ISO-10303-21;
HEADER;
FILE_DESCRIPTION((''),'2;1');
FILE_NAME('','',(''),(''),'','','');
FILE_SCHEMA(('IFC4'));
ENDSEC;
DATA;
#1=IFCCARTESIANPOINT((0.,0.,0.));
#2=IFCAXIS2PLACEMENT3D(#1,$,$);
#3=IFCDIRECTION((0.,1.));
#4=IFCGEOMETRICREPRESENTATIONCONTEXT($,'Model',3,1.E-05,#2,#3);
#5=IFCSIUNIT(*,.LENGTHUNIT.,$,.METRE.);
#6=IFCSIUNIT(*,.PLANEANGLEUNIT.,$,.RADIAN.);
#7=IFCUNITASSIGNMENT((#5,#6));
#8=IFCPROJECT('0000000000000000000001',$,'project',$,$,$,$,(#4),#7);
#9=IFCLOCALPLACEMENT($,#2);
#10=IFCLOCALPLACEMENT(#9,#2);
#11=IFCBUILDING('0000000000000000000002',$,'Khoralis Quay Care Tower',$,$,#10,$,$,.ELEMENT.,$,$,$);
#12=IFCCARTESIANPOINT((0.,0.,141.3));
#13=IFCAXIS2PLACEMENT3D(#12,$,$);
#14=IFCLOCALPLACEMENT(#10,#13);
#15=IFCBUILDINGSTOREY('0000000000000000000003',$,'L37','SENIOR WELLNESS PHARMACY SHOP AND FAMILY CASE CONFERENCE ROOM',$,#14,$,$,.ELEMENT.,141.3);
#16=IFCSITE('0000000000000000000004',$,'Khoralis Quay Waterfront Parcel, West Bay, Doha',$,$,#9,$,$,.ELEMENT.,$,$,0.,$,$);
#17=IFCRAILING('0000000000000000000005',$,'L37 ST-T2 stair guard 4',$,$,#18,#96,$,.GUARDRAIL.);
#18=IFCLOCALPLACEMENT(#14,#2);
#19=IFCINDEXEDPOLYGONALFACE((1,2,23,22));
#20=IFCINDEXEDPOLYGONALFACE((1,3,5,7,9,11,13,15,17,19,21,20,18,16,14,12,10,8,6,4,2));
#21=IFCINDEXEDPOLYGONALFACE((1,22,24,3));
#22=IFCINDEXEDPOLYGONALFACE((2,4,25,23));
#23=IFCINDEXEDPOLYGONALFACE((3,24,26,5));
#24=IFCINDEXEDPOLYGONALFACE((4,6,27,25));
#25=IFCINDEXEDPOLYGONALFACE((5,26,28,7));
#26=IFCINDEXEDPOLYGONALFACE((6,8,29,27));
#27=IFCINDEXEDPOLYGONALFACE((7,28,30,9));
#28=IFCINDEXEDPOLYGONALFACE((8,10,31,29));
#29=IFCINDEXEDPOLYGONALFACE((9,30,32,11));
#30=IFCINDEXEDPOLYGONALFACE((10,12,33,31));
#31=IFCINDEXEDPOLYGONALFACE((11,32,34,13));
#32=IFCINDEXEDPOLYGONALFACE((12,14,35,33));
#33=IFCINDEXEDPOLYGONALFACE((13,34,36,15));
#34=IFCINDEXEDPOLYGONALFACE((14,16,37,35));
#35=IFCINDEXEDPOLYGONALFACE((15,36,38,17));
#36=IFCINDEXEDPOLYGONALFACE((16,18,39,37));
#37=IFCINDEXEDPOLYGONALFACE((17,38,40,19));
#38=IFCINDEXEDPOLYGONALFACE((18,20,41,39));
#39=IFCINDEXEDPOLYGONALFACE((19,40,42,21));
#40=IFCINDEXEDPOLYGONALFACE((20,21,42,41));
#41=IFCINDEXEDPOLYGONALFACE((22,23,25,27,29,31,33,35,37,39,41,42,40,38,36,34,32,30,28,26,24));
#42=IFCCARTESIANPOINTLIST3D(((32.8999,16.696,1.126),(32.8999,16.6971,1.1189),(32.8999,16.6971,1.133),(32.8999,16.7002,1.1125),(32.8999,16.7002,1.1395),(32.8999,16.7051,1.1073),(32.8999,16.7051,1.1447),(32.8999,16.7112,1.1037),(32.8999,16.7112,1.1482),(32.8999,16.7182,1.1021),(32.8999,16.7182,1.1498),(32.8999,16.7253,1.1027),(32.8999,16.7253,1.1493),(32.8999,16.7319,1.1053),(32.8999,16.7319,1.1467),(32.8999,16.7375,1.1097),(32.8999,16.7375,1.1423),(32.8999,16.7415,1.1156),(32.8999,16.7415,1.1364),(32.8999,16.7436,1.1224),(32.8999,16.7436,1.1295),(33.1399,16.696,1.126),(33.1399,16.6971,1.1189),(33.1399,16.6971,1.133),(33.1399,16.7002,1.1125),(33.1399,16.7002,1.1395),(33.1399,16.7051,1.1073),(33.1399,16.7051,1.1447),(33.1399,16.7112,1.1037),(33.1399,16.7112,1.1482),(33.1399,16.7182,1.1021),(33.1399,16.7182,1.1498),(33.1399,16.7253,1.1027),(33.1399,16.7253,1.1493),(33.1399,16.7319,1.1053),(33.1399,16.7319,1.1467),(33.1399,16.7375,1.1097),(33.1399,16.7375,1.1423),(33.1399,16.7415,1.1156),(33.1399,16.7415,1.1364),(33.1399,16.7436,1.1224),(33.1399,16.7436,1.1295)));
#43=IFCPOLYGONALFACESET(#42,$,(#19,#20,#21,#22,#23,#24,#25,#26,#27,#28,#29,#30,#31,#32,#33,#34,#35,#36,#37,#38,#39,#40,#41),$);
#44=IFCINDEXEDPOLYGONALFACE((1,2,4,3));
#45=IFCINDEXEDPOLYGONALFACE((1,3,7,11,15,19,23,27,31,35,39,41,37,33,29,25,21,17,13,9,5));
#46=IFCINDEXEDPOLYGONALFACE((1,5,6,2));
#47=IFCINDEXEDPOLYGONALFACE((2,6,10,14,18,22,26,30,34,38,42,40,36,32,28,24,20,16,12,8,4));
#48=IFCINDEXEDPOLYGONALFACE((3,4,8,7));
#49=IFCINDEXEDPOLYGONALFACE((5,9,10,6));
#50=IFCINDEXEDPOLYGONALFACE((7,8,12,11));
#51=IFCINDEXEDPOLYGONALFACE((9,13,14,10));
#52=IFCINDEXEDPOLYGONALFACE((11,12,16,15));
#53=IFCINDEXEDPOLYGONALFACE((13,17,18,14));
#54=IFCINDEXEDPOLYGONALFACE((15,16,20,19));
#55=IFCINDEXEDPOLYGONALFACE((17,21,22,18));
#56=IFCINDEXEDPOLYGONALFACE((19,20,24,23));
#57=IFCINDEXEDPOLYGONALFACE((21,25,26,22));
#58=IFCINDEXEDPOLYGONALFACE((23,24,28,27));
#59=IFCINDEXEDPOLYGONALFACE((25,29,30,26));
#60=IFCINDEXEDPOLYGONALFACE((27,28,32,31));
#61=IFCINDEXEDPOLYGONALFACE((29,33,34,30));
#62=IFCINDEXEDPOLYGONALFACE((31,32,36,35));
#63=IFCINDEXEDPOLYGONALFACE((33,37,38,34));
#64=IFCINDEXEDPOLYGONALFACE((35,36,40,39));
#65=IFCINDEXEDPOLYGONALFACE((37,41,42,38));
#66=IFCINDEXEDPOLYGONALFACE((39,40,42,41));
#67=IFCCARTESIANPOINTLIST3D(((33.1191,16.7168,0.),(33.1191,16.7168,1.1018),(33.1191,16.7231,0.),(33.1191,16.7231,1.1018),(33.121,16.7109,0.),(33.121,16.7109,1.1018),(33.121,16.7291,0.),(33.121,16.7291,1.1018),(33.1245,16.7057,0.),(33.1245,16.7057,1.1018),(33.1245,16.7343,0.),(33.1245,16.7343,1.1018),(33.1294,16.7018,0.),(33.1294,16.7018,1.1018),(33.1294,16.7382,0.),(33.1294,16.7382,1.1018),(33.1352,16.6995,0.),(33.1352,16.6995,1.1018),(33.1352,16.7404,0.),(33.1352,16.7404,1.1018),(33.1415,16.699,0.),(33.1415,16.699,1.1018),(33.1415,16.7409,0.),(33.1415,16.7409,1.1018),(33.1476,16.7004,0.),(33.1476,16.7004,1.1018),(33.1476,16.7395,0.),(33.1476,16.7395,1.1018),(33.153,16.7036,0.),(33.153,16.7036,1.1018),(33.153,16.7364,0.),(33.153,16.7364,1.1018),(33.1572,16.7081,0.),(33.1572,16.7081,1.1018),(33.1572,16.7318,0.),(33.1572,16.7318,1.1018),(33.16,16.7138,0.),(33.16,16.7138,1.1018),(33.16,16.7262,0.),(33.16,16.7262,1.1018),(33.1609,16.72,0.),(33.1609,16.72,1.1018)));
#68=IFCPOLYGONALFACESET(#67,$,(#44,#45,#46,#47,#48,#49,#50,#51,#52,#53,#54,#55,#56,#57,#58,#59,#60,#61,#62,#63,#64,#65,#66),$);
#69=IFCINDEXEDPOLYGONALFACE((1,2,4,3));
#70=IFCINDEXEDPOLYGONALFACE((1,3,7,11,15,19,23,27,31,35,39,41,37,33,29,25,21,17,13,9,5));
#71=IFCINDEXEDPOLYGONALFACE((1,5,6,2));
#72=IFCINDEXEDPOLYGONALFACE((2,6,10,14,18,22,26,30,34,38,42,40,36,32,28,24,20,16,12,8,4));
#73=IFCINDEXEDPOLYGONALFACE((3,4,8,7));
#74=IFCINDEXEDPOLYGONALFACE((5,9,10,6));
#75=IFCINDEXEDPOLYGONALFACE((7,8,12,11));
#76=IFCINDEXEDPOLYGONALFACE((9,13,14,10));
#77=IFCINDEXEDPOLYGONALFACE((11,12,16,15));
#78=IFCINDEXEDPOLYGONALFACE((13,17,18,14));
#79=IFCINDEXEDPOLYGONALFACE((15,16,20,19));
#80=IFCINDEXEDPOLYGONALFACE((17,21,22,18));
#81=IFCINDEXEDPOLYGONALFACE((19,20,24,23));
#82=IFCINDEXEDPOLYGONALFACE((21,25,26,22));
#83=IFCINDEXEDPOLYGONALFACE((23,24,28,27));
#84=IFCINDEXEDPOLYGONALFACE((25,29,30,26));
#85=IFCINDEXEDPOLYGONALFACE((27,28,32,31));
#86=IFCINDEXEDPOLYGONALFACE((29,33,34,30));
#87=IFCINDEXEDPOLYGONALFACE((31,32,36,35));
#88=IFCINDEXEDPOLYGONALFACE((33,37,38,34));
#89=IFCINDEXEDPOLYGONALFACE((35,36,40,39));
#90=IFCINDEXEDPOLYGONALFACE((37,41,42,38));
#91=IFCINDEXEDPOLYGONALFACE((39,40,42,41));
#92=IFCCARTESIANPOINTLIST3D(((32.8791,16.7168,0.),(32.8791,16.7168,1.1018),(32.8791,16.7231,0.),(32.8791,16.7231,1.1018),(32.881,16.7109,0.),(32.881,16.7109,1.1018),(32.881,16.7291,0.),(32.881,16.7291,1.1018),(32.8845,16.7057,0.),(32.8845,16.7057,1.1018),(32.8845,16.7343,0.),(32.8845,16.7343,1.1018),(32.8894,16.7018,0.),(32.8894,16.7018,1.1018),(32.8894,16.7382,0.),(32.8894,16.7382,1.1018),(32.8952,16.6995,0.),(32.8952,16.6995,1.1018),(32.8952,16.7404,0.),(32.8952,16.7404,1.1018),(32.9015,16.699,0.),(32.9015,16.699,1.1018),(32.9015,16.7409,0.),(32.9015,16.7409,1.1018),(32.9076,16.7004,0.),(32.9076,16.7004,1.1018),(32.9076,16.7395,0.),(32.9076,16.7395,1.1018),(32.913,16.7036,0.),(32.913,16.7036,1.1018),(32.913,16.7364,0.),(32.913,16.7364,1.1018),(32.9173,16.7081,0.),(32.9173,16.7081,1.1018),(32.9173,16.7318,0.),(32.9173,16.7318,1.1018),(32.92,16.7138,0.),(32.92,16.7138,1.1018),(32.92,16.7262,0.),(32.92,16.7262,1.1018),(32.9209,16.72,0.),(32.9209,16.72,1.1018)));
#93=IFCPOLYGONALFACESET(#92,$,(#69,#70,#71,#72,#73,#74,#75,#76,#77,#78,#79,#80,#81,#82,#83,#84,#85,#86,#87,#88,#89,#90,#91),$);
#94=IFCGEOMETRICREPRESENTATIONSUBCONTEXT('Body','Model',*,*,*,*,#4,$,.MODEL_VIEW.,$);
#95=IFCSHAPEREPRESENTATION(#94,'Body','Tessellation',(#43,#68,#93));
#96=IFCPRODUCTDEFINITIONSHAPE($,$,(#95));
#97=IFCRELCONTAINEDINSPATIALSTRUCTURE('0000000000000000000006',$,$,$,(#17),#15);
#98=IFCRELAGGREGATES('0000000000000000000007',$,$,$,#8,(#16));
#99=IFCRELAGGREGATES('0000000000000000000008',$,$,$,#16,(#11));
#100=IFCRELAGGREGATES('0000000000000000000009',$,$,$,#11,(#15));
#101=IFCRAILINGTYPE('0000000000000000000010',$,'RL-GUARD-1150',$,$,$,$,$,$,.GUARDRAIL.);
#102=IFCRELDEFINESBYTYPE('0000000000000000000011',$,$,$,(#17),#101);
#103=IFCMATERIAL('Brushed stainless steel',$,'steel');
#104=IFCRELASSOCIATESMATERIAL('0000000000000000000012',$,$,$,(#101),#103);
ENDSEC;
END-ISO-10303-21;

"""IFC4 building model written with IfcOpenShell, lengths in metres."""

from ifc_helpers import new_model, si_unit, direction, frame, origin, origin_2d, place, context, subcontext, project, spatial, circle, extrude, material, type_object, element, save


model = new_model("IFC4")

# Units and contexts
model_context = context("Model", 3, precision=1e-05, world=origin(), true_north=direction((0.0, 1.0)))
body_context = subcontext(model_context, "Body", "Model", "MODEL_VIEW")
ifc_project = project(units=[si_unit("LENGTHUNIT", "METRE"), si_unit("PLANEANGLEUNIT", "RADIAN")], contexts=[model_context])

# Site, building, storey
site_placement = place(None, origin())
site = spatial("IfcSite", under=ifc_project, at=site_placement, Name="Khoralis Quay Waterfront Parcel, West Bay, Doha", CompositionType="ELEMENT", RefElevation=0.0)
building_placement = place(site_placement, origin())
building = spatial("IfcBuilding", under=site, at=building_placement, Name="Khoralis Quay Care Tower", CompositionType="ELEMENT")
storey_placement = place(building_placement, frame((0.0, 0.0, 141.3)))
storey = spatial("IfcBuildingStorey", under=building, at=storey_placement, Name="L37", Description="SENIOR WELLNESS PHARMACY SHOP AND FAMILY CASE CONFERENCE ROOM", CompositionType="ELEMENT", Elevation=141.3)

# Shared definitions
ifc_material_1 = material(Name="Brushed stainless steel", Category="steel")

# Railing
railing_type_1 = type_object("IfcRailingType", Name="RL-GUARD-1150", PredefinedType="GUARDRAIL", material=ifc_material_1)
railing_1_placement = place(storey_placement, frame((33.1399, 16.72, 0.0)))
element("IfcRailing", 1, at=railing_1_placement, inside=storey, type_object=railing_type_1, Name="L37 ST-T2 stair guard 4", PredefinedType="GUARDRAIL", context=body_context, shape_type="SweptSolid", body=[
    extrude(circle(Radius=0.0239, at=origin_2d()), frame((0.0, 0.0, 1.126), z_axis=(-1.0, 0.0, 0.0), x_axis=(0.0, -1.0, 0.0)), (0.0, 0.0, 1.0), 0.24),
    extrude(circle(Radius=0.021, at=origin_2d()), origin(), (0.0, 0.0, 1.0), 1.1018),
    extrude(circle(Radius=0.021, at=origin_2d()), frame((-0.24, 0.0, 0.0)), (0.0, 0.0, 1.0), 1.1018),
])

save(model, "model.ifc")
